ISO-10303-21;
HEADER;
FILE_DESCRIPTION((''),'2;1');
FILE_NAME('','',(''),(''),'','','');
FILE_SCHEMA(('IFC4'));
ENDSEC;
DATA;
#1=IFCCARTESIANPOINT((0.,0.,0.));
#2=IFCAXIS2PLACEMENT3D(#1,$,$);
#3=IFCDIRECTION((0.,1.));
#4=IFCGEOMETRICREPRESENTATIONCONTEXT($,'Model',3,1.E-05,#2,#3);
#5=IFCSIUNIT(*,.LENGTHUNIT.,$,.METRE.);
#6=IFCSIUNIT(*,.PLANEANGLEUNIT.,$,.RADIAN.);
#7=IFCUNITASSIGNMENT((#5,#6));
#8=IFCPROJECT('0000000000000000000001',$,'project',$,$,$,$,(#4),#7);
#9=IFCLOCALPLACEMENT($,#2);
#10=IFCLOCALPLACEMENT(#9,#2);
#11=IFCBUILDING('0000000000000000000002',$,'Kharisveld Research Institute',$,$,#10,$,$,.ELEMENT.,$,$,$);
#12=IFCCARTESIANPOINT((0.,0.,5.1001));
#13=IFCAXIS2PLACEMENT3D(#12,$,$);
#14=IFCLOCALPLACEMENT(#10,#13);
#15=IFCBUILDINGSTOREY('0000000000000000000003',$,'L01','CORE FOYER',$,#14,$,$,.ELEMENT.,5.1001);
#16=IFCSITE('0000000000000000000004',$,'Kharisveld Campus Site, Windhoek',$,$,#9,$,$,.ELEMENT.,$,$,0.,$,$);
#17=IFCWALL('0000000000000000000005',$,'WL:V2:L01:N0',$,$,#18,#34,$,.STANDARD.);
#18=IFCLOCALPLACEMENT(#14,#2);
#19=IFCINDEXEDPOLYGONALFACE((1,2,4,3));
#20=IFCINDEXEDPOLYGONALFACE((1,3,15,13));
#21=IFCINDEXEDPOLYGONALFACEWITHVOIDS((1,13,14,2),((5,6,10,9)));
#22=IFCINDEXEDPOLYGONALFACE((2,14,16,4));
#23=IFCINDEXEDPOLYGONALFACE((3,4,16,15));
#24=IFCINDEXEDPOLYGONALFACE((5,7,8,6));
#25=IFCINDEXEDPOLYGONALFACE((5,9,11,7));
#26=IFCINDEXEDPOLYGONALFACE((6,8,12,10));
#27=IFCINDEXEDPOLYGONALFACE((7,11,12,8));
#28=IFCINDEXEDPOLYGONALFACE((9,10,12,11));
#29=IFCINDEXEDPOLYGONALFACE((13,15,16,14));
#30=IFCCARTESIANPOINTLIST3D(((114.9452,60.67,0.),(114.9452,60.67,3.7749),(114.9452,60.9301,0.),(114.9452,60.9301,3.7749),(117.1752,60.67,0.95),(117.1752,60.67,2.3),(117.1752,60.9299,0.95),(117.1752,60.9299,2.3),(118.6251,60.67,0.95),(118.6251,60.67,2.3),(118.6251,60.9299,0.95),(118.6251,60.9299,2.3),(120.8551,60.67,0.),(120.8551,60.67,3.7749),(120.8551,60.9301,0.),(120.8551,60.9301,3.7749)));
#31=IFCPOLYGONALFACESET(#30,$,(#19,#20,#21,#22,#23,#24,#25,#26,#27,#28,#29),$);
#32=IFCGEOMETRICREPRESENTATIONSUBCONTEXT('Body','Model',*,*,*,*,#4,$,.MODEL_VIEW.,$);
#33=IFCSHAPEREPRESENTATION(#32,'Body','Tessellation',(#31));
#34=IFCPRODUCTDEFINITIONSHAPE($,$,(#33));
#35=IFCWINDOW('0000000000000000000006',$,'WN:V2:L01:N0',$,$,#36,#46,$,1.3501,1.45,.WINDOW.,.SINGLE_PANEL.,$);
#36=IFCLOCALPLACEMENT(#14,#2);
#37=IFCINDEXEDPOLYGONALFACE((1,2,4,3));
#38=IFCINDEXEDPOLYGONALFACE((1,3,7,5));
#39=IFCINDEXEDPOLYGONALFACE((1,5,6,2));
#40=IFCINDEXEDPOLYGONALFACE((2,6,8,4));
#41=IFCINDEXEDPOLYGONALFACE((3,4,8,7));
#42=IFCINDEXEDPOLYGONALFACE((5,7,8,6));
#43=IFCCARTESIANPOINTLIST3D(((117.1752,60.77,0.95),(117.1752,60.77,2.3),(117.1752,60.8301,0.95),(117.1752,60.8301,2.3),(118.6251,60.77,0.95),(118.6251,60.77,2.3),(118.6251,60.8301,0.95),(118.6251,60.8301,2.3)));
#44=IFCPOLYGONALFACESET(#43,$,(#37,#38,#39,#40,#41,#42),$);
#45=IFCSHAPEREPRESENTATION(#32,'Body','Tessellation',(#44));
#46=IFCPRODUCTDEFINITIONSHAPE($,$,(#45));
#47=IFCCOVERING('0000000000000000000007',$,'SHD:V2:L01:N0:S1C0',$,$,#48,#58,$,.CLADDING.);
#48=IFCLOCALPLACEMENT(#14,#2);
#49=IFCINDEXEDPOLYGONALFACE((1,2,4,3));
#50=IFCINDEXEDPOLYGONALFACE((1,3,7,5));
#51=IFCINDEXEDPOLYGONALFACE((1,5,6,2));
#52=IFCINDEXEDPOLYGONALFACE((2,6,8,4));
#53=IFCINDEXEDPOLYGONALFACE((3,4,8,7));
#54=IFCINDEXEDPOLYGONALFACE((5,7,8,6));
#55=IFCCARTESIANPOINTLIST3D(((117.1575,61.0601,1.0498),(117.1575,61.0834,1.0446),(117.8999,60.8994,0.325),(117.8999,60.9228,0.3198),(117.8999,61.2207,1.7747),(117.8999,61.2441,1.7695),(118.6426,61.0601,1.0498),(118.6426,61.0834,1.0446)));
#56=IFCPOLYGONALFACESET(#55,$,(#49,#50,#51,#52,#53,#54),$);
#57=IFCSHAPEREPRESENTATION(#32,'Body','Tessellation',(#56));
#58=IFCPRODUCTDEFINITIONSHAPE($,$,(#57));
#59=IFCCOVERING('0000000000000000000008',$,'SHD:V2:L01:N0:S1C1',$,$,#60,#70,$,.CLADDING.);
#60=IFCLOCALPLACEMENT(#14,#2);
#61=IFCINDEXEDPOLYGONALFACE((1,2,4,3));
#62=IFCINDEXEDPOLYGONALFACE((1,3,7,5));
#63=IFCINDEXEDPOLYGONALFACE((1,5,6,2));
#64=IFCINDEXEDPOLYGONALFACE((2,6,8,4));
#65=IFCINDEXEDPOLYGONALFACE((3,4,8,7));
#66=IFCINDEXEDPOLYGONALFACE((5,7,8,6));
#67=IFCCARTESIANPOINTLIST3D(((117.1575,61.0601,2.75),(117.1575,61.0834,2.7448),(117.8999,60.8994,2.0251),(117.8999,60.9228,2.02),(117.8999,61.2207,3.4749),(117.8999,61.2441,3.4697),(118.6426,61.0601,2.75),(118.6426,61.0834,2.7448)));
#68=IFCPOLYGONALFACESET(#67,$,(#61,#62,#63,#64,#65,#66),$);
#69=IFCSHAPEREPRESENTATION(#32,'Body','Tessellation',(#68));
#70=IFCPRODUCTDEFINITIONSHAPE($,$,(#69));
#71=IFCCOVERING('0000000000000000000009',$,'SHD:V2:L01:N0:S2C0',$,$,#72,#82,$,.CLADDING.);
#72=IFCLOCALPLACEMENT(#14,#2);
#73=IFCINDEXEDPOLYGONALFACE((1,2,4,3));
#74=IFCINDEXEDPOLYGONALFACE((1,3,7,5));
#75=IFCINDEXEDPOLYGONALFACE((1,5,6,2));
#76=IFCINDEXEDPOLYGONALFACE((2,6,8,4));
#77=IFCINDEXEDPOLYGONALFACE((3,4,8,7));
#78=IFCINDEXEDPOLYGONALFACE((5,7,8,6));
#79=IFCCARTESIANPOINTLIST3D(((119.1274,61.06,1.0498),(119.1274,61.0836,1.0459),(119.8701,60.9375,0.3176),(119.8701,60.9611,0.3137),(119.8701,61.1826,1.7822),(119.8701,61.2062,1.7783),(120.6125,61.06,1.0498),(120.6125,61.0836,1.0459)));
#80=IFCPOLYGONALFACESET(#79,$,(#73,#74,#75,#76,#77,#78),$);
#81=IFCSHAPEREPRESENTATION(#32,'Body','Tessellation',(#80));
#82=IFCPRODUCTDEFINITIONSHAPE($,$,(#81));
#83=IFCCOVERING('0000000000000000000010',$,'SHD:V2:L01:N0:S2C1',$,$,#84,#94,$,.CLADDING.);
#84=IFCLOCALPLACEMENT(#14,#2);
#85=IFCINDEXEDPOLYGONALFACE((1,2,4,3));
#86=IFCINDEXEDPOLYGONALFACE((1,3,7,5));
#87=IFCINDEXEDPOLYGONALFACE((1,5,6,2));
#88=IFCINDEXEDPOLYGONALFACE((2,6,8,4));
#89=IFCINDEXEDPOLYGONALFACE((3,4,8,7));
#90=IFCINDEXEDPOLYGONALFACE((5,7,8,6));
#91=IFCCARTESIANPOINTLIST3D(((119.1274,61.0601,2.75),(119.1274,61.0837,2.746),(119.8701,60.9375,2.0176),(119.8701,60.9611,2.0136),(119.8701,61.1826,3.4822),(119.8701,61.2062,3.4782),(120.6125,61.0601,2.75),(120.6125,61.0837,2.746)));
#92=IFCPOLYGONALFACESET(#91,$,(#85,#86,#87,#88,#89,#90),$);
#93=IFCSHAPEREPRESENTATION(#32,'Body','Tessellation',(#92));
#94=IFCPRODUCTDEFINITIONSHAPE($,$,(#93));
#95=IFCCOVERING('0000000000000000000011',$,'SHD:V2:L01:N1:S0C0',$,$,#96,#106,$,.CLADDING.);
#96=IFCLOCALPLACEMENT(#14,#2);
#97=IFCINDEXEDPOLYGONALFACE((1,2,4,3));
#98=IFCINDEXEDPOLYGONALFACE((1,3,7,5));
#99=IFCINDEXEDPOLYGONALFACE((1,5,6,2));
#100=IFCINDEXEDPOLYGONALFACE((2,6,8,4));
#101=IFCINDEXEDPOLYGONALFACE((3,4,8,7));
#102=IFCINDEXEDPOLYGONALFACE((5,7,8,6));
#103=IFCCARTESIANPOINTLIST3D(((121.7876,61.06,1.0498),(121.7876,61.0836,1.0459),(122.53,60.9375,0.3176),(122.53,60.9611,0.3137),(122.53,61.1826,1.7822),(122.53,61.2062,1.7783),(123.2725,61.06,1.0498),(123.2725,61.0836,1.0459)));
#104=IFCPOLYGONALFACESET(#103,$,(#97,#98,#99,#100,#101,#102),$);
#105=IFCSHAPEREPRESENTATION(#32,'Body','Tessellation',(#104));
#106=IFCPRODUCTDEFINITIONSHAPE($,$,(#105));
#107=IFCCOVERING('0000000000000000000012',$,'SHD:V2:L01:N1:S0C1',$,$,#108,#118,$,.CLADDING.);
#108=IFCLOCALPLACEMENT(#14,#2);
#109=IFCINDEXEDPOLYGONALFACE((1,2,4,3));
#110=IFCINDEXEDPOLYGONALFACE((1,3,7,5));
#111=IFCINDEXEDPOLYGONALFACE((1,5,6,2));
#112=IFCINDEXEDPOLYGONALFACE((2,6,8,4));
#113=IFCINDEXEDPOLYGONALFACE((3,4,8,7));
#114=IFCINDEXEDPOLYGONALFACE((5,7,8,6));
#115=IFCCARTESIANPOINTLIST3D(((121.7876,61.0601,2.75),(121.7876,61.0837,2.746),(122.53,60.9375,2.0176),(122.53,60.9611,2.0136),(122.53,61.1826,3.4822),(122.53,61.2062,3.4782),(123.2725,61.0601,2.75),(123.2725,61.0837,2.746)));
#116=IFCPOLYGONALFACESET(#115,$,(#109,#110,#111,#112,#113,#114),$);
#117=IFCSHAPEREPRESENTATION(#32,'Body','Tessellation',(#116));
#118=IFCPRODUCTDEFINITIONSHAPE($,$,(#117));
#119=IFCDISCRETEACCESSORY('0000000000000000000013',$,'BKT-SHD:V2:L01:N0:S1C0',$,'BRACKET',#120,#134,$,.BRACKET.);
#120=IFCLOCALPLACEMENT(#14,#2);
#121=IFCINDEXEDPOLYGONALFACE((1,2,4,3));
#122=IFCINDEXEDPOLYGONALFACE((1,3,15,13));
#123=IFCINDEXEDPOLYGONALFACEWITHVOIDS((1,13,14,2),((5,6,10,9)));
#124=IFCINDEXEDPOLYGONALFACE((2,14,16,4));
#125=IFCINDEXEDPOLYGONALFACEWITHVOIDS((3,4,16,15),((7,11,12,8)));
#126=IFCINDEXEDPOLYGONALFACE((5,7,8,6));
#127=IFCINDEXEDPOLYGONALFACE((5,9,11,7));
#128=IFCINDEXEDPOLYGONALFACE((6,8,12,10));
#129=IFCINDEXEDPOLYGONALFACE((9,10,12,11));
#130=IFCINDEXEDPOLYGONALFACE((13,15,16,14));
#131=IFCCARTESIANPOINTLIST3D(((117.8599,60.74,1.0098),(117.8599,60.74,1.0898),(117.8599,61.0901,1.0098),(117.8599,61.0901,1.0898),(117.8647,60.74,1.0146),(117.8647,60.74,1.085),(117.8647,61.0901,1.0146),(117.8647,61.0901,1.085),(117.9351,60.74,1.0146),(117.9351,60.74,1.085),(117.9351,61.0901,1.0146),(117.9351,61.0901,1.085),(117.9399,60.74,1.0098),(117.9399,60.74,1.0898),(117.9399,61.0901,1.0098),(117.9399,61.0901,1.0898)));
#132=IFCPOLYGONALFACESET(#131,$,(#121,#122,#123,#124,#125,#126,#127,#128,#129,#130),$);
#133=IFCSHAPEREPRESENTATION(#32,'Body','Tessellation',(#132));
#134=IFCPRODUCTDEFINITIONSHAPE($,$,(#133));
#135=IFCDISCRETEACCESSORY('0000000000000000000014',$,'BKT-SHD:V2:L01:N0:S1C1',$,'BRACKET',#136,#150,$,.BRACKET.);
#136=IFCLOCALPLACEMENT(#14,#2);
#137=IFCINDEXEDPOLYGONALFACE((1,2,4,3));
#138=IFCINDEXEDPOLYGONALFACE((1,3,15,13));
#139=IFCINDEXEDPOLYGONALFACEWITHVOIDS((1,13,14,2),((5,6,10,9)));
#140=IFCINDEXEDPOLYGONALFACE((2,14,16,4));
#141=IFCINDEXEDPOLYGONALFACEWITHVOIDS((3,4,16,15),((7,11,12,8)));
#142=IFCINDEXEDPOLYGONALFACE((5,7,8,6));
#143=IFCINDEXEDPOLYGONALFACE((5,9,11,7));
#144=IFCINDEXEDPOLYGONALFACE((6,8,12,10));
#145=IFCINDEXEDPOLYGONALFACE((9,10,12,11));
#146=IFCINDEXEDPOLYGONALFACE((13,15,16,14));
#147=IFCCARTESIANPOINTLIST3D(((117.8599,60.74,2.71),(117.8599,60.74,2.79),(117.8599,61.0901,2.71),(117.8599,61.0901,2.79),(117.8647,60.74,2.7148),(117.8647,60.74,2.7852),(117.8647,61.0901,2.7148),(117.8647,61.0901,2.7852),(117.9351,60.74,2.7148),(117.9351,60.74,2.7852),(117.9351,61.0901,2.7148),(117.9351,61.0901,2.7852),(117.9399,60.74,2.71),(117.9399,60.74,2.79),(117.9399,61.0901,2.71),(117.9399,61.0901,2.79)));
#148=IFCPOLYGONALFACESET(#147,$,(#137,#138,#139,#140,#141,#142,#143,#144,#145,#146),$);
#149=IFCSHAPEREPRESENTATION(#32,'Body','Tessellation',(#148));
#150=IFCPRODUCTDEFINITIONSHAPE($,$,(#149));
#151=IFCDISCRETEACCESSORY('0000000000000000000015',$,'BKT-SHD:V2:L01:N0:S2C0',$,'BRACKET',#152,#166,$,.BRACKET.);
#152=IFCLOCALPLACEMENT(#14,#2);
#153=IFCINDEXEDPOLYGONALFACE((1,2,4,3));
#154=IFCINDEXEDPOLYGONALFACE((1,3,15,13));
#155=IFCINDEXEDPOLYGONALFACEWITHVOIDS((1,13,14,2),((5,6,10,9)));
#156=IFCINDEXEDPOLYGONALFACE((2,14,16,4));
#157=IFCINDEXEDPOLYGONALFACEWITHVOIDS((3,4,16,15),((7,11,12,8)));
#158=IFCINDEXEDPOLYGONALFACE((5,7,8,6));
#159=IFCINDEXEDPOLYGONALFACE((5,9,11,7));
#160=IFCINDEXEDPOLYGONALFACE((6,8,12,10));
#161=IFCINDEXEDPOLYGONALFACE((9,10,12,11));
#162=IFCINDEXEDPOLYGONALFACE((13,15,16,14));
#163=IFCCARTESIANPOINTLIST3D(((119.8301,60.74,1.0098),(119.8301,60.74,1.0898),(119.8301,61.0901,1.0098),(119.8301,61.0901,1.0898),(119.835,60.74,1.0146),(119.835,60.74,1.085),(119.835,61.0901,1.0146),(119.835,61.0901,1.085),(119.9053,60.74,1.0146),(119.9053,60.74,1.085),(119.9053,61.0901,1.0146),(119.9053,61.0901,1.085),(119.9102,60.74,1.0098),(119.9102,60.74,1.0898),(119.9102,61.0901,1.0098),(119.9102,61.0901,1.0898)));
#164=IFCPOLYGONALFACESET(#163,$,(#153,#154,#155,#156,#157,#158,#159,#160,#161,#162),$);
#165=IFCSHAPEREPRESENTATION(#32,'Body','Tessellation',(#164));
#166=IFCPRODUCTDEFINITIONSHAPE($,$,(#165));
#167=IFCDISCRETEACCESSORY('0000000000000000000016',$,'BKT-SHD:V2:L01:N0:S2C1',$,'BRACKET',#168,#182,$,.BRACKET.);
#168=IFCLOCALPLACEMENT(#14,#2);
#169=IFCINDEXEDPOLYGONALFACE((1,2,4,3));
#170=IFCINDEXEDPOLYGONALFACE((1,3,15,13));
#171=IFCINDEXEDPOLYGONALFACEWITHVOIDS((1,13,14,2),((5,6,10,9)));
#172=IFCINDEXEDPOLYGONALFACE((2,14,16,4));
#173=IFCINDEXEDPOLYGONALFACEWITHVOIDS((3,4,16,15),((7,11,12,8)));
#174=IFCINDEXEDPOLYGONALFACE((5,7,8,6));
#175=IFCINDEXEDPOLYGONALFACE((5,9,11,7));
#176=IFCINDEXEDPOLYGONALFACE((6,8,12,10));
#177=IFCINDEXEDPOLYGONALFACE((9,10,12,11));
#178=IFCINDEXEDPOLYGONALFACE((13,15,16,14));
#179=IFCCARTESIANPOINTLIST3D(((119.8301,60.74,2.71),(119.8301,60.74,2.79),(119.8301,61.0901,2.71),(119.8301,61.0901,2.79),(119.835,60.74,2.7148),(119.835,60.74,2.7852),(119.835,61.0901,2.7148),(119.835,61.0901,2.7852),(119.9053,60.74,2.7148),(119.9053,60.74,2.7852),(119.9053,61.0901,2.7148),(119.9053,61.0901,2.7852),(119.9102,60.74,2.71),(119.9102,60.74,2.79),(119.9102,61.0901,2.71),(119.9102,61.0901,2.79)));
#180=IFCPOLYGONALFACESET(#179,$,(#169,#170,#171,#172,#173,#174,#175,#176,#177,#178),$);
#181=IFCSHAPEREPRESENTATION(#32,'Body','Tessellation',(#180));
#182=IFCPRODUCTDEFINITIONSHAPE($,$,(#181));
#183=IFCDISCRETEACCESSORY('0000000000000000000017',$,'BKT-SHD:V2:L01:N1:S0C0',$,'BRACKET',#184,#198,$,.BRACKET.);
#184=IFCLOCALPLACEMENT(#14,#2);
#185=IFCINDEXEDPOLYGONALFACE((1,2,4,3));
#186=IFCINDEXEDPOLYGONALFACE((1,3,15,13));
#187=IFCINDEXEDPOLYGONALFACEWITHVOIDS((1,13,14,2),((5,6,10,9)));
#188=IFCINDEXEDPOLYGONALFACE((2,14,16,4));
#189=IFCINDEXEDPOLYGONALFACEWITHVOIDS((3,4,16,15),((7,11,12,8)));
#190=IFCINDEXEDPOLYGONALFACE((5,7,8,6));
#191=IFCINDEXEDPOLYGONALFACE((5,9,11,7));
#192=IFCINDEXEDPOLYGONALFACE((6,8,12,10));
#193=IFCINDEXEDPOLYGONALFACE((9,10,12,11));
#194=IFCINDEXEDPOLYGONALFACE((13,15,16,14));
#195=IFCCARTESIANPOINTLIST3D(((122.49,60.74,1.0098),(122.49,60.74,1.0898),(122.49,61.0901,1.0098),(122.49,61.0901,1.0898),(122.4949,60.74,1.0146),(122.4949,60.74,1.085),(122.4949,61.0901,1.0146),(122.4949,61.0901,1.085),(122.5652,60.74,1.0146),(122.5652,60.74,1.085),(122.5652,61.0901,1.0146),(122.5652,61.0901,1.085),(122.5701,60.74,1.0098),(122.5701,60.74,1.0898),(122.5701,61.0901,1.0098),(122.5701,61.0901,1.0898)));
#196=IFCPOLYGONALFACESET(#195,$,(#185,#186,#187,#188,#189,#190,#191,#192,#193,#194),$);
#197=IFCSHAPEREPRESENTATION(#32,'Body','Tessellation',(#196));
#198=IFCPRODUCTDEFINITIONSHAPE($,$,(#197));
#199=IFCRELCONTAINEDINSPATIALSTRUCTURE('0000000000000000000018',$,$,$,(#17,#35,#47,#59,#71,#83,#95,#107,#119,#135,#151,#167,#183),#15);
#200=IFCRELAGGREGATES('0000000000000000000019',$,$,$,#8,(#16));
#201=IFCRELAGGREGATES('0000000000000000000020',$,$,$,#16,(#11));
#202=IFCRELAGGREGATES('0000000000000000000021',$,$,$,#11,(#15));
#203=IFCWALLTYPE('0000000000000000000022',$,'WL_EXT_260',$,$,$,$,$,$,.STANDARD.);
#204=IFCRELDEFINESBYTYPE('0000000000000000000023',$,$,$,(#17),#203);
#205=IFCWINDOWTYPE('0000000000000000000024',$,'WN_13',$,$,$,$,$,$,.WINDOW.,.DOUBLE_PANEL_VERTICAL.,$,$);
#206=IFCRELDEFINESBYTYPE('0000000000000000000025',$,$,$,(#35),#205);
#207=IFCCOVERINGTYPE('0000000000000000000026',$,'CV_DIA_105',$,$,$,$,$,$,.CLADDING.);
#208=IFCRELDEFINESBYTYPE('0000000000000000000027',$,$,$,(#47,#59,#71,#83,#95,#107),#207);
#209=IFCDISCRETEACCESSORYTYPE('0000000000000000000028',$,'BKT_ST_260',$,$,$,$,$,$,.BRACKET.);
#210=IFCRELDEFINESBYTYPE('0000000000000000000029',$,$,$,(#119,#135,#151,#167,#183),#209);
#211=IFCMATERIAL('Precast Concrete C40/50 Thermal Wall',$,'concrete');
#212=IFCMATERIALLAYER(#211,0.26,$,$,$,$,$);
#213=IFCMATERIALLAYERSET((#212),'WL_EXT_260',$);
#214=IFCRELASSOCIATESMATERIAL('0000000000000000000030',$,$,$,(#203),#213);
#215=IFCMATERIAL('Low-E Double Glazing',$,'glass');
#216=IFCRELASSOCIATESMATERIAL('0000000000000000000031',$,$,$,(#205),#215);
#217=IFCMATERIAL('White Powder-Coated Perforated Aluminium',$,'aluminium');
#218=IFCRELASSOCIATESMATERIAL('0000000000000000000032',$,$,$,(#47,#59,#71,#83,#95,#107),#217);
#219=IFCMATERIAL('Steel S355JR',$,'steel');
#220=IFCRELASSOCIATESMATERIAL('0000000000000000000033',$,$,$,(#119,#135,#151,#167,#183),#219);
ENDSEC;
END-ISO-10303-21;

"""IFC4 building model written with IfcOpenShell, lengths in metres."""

from ifc_helpers import new_model, si_unit, direction, frame, frame_2d, origin, origin_2d, place, context, subcontext, project, spatial, polyline, rectangle, hollow_rectangle, outline, extrude, material, layer, layer_set, type_object, element, fill, save


model = new_model("IFC4")

# Units and contexts
model_context = context("Model", 3, precision=1e-05, world=origin(), true_north=direction((0.0, 1.0)))
body_context = subcontext(model_context, "Body", "Model", "MODEL_VIEW")
ifc_project = project(units=[si_unit("LENGTHUNIT", "METRE"), si_unit("PLANEANGLEUNIT", "RADIAN")], contexts=[model_context])

# Site, building, storey
site_placement = place(None, origin())
site = spatial("IfcSite", under=ifc_project, at=site_placement, Name="Kharisveld Campus Site, Windhoek", CompositionType="ELEMENT", RefElevation=0.0)
building_placement = place(site_placement, origin())
building = spatial("IfcBuilding", under=site, at=building_placement, Name="Kharisveld Research Institute", CompositionType="ELEMENT")
storey_placement = place(building_placement, frame((0.0, 0.0, 5.1001)))
storey = spatial("IfcBuildingStorey", under=building, at=storey_placement, Name="L01", Description="CORE FOYER", CompositionType="ELEMENT", Elevation=5.1001)

# Wall, opening, window
ifc_material_1 = material(Name="Precast Concrete C40/50 Thermal Wall", Category="concrete")
ifc_layer_1 = layer(ifc_material_1, 0.26)
ifc_layer_set_1 = layer_set([ifc_layer_1], Name="WL_EXT_260")
wall_type = type_object("IfcWallType", Name="WL_EXT_260", PredefinedType="STANDARD", material=ifc_layer_set_1)
wall_placement = place(storey_placement, frame((114.9451, 60.8, 0.0), z_axis=(0.0, 0.0, 1.0), x_axis=(1.0, 0.0, 0.0)))
wall = element("IfcWall", 1, at=wall_placement, inside=storey, type_object=wall_type, Name="WL:V2:L01:N0", PredefinedType="STANDARD", context=body_context, shape_type="SweptSolid", body=[
    extrude(rectangle(XDim=5.9099, YDim=0.26, at=frame_2d((2.9551, 0.0))), origin(), (0.0, 0.0, 1.0), 3.7749),
])
opening_placement = place(wall_placement, frame((2.23, 0.0, 0.95)))
opening = element("IfcOpeningElement", 2, at=opening_placement, cuts=wall, PredefinedType="OPENING", context=body_context, shape_type="SweptSolid", body=[
    extrude(rectangle(XDim=1.45, YDim=1.3501, at=frame_2d((0.7251, 0.675))), frame((0.0, 0.1299, 0.0), z_axis=(0.0, -1.0, 0.0), x_axis=(1.0, 0.0, 0.0)), (0.0, 0.0, 1.0), 0.26),
])
ifc_material_2 = material(Name="Low-E Double Glazing", Category="glass")
window_type = type_object("IfcWindowType", Name="WN_13", PartitioningType="DOUBLE_PANEL_VERTICAL", PredefinedType="WINDOW", material=ifc_material_2)
window_placement = place(opening_placement, origin())
window = element("IfcWindow", 3, at=window_placement, inside=storey, type_object=window_type, Name="WN:V2:L01:N0", OverallHeight=1.3501, OverallWidth=1.45, PartitioningType="SINGLE_PANEL", PredefinedType="WINDOW", context=body_context, shape_type="SweptSolid", body=[
    extrude(rectangle(XDim=1.45, YDim=1.3501, at=frame_2d((0.7251, 0.675))), frame((0.0, 0.03, 0.0), z_axis=(0.0, -1.0, 0.0), x_axis=(1.0, 0.0, 0.0)), (0.0, 0.0, 1.0), 0.0601),
])
fill(opening, window)

# Coverings
ifc_material_3 = material(Name="White Powder-Coated Perforated Aluminium", Category="aluminium")
covering_type = type_object("IfcCoveringType", Name="CV_DIA_105", PredefinedType="CLADDING")
for number, where, z_axis, x_axis, name in (
    (4, (117.8999, 60.8994, 0.325), (0.0, -0.976311, 0.216373), (0.707218, 0.152975, 0.690247), "SHD:V2:L01:N0:S1C0"),
    (5, (117.8999, 60.8994, 2.0251), (0.0, -0.976311, 0.216373), (0.707218, 0.152975, 0.690247), "SHD:V2:L01:N0:S1C1"),
):
    element("IfcCovering", number, at=place(storey_placement, frame(where, z_axis=z_axis, x_axis=x_axis)), inside=storey, type_object=covering_type, material=ifc_material_3, Name=name, PredefinedType="CLADDING", context=body_context, shape_type="SweptSolid", body=[
        extrude(outline(polyline([(0.0, 0.0), (1.0501, 0.0), (1.0498, 1.0501), (-0.0002, 1.05), (0.0, 0.0)])), origin(), (0.0, 0.0, -1.0), 0.0239),
    ])
covering_1_placement = place(storey_placement, frame((119.8701, 60.9375, 0.3176), z_axis=(0.0, -0.986283, 0.165065), x_axis=(0.707139, 0.116714, 0.697376)))
element("IfcCovering", 6, at=covering_1_placement, inside=storey, type_object=covering_type, material=ifc_material_3, Name="SHD:V2:L01:N0:S2C0", PredefinedType="CLADDING", context=body_context, shape_type="SweptSolid", body=[
    extrude(outline(polyline([(0.0, 0.0), (1.0499, 0.0), (1.05, 1.0501), (-0.0003, 1.0501), (0.0, 0.0)])), origin(), (0.0, 0.0, -1.0), 0.0239),
])
covering_2_placement = place(storey_placement, frame((119.8701, 60.9375, 2.0176), z_axis=(0.0, -0.986283, 0.165065), x_axis=(0.707024, 0.116733, 0.697489)))
element("IfcCovering", 7, at=covering_2_placement, inside=storey, type_object=covering_type, material=ifc_material_3, Name="SHD:V2:L01:N0:S2C1", PredefinedType="CLADDING", context=body_context, shape_type="SweptSolid", body=[
    extrude(outline(polyline([(0.0, 0.0), (1.0501, 0.0), (1.0502, 1.0499), (0.0001, 1.0503), (0.0, 0.0)])), origin(), (0.0, 0.0, -1.0), 0.0239),
])
covering_3_placement = place(storey_placement, frame((122.53, 60.9375, 0.3176), z_axis=(0.0, -0.986283, 0.165065), x_axis=(0.707139, 0.116714, 0.697376)))
element("IfcCovering", 8, at=covering_3_placement, inside=storey, type_object=covering_type, material=ifc_material_3, Name="SHD:V2:L01:N1:S0C0", PredefinedType="CLADDING", context=body_context, shape_type="SweptSolid", body=[
    extrude(outline(polyline([(0.0, 0.0), (1.0499, 0.0), (1.05, 1.0501), (-0.0001, 1.0499), (0.0, 0.0)])), origin(), (0.0, 0.0, -1.0), 0.0239),
])
covering_4_placement = place(storey_placement, frame((122.53, 60.9375, 2.0176), z_axis=(0.0, -0.986283, 0.165065), x_axis=(0.707024, 0.116733, 0.697489)))
element("IfcCovering", 9, at=covering_4_placement, inside=storey, type_object=covering_type, material=ifc_material_3, Name="SHD:V2:L01:N1:S0C1", PredefinedType="CLADDING", context=body_context, shape_type="SweptSolid", body=[
    extrude(outline(polyline([(0.0, 0.0), (1.0501, 0.0), (1.0502, 1.0499), (0.0002, 1.0501), (0.0, 0.0)])), origin(), (0.0, 0.0, -1.0), 0.0239),
])

# Discrete accessories
ifc_material_4 = material(Name="Steel S355JR", Category="steel")
discrete_accessory_type = type_object("IfcDiscreteAccessoryType", Name="BKT_ST_260", PredefinedType="BRACKET")
for number, where, z_axis, x_axis, name in (
    (10, (117.8999, 60.74, 1.0498), (0.0, 1.0, 0.0), (-1.0, 0.0, 0.0), "BKT-SHD:V2:L01:N0:S1C0"),
    (11, (117.8999, 60.74, 2.75), (0.0, 1.0, 0.0), (-1.0, 0.0, 0.0), "BKT-SHD:V2:L01:N0:S1C1"),
    (12, (119.8701, 60.74, 1.0498), (0.0, 1.0, 0.0), (-1.0, 0.0, 0.0), "BKT-SHD:V2:L01:N0:S2C0"),
    (13, (119.8701, 60.74, 2.75), (0.0, 1.0, 0.0), (-1.0, 0.0, 0.0), "BKT-SHD:V2:L01:N0:S2C1"),
    (14, (122.53, 60.74, 1.0498), (0.0, 1.0, 0.0), (-1.0, 0.0, 0.0), "BKT-SHD:V2:L01:N1:S0C0"),
):
    element("IfcDiscreteAccessory", number, at=place(storey_placement, frame(where, z_axis=z_axis, x_axis=x_axis)), inside=storey, type_object=discrete_accessory_type, material=ifc_material_4, Name=name, ObjectType="BRACKET", PredefinedType="BRACKET", context=body_context, shape_type="SweptSolid", body=[
        extrude(hollow_rectangle(XDim=0.0801, YDim=0.0801, WallThickness=0.0049, at=origin_2d()), origin(), (0.0, 0.0, 1.0), 0.3501),
    ])

save(model, "model.ifc")
